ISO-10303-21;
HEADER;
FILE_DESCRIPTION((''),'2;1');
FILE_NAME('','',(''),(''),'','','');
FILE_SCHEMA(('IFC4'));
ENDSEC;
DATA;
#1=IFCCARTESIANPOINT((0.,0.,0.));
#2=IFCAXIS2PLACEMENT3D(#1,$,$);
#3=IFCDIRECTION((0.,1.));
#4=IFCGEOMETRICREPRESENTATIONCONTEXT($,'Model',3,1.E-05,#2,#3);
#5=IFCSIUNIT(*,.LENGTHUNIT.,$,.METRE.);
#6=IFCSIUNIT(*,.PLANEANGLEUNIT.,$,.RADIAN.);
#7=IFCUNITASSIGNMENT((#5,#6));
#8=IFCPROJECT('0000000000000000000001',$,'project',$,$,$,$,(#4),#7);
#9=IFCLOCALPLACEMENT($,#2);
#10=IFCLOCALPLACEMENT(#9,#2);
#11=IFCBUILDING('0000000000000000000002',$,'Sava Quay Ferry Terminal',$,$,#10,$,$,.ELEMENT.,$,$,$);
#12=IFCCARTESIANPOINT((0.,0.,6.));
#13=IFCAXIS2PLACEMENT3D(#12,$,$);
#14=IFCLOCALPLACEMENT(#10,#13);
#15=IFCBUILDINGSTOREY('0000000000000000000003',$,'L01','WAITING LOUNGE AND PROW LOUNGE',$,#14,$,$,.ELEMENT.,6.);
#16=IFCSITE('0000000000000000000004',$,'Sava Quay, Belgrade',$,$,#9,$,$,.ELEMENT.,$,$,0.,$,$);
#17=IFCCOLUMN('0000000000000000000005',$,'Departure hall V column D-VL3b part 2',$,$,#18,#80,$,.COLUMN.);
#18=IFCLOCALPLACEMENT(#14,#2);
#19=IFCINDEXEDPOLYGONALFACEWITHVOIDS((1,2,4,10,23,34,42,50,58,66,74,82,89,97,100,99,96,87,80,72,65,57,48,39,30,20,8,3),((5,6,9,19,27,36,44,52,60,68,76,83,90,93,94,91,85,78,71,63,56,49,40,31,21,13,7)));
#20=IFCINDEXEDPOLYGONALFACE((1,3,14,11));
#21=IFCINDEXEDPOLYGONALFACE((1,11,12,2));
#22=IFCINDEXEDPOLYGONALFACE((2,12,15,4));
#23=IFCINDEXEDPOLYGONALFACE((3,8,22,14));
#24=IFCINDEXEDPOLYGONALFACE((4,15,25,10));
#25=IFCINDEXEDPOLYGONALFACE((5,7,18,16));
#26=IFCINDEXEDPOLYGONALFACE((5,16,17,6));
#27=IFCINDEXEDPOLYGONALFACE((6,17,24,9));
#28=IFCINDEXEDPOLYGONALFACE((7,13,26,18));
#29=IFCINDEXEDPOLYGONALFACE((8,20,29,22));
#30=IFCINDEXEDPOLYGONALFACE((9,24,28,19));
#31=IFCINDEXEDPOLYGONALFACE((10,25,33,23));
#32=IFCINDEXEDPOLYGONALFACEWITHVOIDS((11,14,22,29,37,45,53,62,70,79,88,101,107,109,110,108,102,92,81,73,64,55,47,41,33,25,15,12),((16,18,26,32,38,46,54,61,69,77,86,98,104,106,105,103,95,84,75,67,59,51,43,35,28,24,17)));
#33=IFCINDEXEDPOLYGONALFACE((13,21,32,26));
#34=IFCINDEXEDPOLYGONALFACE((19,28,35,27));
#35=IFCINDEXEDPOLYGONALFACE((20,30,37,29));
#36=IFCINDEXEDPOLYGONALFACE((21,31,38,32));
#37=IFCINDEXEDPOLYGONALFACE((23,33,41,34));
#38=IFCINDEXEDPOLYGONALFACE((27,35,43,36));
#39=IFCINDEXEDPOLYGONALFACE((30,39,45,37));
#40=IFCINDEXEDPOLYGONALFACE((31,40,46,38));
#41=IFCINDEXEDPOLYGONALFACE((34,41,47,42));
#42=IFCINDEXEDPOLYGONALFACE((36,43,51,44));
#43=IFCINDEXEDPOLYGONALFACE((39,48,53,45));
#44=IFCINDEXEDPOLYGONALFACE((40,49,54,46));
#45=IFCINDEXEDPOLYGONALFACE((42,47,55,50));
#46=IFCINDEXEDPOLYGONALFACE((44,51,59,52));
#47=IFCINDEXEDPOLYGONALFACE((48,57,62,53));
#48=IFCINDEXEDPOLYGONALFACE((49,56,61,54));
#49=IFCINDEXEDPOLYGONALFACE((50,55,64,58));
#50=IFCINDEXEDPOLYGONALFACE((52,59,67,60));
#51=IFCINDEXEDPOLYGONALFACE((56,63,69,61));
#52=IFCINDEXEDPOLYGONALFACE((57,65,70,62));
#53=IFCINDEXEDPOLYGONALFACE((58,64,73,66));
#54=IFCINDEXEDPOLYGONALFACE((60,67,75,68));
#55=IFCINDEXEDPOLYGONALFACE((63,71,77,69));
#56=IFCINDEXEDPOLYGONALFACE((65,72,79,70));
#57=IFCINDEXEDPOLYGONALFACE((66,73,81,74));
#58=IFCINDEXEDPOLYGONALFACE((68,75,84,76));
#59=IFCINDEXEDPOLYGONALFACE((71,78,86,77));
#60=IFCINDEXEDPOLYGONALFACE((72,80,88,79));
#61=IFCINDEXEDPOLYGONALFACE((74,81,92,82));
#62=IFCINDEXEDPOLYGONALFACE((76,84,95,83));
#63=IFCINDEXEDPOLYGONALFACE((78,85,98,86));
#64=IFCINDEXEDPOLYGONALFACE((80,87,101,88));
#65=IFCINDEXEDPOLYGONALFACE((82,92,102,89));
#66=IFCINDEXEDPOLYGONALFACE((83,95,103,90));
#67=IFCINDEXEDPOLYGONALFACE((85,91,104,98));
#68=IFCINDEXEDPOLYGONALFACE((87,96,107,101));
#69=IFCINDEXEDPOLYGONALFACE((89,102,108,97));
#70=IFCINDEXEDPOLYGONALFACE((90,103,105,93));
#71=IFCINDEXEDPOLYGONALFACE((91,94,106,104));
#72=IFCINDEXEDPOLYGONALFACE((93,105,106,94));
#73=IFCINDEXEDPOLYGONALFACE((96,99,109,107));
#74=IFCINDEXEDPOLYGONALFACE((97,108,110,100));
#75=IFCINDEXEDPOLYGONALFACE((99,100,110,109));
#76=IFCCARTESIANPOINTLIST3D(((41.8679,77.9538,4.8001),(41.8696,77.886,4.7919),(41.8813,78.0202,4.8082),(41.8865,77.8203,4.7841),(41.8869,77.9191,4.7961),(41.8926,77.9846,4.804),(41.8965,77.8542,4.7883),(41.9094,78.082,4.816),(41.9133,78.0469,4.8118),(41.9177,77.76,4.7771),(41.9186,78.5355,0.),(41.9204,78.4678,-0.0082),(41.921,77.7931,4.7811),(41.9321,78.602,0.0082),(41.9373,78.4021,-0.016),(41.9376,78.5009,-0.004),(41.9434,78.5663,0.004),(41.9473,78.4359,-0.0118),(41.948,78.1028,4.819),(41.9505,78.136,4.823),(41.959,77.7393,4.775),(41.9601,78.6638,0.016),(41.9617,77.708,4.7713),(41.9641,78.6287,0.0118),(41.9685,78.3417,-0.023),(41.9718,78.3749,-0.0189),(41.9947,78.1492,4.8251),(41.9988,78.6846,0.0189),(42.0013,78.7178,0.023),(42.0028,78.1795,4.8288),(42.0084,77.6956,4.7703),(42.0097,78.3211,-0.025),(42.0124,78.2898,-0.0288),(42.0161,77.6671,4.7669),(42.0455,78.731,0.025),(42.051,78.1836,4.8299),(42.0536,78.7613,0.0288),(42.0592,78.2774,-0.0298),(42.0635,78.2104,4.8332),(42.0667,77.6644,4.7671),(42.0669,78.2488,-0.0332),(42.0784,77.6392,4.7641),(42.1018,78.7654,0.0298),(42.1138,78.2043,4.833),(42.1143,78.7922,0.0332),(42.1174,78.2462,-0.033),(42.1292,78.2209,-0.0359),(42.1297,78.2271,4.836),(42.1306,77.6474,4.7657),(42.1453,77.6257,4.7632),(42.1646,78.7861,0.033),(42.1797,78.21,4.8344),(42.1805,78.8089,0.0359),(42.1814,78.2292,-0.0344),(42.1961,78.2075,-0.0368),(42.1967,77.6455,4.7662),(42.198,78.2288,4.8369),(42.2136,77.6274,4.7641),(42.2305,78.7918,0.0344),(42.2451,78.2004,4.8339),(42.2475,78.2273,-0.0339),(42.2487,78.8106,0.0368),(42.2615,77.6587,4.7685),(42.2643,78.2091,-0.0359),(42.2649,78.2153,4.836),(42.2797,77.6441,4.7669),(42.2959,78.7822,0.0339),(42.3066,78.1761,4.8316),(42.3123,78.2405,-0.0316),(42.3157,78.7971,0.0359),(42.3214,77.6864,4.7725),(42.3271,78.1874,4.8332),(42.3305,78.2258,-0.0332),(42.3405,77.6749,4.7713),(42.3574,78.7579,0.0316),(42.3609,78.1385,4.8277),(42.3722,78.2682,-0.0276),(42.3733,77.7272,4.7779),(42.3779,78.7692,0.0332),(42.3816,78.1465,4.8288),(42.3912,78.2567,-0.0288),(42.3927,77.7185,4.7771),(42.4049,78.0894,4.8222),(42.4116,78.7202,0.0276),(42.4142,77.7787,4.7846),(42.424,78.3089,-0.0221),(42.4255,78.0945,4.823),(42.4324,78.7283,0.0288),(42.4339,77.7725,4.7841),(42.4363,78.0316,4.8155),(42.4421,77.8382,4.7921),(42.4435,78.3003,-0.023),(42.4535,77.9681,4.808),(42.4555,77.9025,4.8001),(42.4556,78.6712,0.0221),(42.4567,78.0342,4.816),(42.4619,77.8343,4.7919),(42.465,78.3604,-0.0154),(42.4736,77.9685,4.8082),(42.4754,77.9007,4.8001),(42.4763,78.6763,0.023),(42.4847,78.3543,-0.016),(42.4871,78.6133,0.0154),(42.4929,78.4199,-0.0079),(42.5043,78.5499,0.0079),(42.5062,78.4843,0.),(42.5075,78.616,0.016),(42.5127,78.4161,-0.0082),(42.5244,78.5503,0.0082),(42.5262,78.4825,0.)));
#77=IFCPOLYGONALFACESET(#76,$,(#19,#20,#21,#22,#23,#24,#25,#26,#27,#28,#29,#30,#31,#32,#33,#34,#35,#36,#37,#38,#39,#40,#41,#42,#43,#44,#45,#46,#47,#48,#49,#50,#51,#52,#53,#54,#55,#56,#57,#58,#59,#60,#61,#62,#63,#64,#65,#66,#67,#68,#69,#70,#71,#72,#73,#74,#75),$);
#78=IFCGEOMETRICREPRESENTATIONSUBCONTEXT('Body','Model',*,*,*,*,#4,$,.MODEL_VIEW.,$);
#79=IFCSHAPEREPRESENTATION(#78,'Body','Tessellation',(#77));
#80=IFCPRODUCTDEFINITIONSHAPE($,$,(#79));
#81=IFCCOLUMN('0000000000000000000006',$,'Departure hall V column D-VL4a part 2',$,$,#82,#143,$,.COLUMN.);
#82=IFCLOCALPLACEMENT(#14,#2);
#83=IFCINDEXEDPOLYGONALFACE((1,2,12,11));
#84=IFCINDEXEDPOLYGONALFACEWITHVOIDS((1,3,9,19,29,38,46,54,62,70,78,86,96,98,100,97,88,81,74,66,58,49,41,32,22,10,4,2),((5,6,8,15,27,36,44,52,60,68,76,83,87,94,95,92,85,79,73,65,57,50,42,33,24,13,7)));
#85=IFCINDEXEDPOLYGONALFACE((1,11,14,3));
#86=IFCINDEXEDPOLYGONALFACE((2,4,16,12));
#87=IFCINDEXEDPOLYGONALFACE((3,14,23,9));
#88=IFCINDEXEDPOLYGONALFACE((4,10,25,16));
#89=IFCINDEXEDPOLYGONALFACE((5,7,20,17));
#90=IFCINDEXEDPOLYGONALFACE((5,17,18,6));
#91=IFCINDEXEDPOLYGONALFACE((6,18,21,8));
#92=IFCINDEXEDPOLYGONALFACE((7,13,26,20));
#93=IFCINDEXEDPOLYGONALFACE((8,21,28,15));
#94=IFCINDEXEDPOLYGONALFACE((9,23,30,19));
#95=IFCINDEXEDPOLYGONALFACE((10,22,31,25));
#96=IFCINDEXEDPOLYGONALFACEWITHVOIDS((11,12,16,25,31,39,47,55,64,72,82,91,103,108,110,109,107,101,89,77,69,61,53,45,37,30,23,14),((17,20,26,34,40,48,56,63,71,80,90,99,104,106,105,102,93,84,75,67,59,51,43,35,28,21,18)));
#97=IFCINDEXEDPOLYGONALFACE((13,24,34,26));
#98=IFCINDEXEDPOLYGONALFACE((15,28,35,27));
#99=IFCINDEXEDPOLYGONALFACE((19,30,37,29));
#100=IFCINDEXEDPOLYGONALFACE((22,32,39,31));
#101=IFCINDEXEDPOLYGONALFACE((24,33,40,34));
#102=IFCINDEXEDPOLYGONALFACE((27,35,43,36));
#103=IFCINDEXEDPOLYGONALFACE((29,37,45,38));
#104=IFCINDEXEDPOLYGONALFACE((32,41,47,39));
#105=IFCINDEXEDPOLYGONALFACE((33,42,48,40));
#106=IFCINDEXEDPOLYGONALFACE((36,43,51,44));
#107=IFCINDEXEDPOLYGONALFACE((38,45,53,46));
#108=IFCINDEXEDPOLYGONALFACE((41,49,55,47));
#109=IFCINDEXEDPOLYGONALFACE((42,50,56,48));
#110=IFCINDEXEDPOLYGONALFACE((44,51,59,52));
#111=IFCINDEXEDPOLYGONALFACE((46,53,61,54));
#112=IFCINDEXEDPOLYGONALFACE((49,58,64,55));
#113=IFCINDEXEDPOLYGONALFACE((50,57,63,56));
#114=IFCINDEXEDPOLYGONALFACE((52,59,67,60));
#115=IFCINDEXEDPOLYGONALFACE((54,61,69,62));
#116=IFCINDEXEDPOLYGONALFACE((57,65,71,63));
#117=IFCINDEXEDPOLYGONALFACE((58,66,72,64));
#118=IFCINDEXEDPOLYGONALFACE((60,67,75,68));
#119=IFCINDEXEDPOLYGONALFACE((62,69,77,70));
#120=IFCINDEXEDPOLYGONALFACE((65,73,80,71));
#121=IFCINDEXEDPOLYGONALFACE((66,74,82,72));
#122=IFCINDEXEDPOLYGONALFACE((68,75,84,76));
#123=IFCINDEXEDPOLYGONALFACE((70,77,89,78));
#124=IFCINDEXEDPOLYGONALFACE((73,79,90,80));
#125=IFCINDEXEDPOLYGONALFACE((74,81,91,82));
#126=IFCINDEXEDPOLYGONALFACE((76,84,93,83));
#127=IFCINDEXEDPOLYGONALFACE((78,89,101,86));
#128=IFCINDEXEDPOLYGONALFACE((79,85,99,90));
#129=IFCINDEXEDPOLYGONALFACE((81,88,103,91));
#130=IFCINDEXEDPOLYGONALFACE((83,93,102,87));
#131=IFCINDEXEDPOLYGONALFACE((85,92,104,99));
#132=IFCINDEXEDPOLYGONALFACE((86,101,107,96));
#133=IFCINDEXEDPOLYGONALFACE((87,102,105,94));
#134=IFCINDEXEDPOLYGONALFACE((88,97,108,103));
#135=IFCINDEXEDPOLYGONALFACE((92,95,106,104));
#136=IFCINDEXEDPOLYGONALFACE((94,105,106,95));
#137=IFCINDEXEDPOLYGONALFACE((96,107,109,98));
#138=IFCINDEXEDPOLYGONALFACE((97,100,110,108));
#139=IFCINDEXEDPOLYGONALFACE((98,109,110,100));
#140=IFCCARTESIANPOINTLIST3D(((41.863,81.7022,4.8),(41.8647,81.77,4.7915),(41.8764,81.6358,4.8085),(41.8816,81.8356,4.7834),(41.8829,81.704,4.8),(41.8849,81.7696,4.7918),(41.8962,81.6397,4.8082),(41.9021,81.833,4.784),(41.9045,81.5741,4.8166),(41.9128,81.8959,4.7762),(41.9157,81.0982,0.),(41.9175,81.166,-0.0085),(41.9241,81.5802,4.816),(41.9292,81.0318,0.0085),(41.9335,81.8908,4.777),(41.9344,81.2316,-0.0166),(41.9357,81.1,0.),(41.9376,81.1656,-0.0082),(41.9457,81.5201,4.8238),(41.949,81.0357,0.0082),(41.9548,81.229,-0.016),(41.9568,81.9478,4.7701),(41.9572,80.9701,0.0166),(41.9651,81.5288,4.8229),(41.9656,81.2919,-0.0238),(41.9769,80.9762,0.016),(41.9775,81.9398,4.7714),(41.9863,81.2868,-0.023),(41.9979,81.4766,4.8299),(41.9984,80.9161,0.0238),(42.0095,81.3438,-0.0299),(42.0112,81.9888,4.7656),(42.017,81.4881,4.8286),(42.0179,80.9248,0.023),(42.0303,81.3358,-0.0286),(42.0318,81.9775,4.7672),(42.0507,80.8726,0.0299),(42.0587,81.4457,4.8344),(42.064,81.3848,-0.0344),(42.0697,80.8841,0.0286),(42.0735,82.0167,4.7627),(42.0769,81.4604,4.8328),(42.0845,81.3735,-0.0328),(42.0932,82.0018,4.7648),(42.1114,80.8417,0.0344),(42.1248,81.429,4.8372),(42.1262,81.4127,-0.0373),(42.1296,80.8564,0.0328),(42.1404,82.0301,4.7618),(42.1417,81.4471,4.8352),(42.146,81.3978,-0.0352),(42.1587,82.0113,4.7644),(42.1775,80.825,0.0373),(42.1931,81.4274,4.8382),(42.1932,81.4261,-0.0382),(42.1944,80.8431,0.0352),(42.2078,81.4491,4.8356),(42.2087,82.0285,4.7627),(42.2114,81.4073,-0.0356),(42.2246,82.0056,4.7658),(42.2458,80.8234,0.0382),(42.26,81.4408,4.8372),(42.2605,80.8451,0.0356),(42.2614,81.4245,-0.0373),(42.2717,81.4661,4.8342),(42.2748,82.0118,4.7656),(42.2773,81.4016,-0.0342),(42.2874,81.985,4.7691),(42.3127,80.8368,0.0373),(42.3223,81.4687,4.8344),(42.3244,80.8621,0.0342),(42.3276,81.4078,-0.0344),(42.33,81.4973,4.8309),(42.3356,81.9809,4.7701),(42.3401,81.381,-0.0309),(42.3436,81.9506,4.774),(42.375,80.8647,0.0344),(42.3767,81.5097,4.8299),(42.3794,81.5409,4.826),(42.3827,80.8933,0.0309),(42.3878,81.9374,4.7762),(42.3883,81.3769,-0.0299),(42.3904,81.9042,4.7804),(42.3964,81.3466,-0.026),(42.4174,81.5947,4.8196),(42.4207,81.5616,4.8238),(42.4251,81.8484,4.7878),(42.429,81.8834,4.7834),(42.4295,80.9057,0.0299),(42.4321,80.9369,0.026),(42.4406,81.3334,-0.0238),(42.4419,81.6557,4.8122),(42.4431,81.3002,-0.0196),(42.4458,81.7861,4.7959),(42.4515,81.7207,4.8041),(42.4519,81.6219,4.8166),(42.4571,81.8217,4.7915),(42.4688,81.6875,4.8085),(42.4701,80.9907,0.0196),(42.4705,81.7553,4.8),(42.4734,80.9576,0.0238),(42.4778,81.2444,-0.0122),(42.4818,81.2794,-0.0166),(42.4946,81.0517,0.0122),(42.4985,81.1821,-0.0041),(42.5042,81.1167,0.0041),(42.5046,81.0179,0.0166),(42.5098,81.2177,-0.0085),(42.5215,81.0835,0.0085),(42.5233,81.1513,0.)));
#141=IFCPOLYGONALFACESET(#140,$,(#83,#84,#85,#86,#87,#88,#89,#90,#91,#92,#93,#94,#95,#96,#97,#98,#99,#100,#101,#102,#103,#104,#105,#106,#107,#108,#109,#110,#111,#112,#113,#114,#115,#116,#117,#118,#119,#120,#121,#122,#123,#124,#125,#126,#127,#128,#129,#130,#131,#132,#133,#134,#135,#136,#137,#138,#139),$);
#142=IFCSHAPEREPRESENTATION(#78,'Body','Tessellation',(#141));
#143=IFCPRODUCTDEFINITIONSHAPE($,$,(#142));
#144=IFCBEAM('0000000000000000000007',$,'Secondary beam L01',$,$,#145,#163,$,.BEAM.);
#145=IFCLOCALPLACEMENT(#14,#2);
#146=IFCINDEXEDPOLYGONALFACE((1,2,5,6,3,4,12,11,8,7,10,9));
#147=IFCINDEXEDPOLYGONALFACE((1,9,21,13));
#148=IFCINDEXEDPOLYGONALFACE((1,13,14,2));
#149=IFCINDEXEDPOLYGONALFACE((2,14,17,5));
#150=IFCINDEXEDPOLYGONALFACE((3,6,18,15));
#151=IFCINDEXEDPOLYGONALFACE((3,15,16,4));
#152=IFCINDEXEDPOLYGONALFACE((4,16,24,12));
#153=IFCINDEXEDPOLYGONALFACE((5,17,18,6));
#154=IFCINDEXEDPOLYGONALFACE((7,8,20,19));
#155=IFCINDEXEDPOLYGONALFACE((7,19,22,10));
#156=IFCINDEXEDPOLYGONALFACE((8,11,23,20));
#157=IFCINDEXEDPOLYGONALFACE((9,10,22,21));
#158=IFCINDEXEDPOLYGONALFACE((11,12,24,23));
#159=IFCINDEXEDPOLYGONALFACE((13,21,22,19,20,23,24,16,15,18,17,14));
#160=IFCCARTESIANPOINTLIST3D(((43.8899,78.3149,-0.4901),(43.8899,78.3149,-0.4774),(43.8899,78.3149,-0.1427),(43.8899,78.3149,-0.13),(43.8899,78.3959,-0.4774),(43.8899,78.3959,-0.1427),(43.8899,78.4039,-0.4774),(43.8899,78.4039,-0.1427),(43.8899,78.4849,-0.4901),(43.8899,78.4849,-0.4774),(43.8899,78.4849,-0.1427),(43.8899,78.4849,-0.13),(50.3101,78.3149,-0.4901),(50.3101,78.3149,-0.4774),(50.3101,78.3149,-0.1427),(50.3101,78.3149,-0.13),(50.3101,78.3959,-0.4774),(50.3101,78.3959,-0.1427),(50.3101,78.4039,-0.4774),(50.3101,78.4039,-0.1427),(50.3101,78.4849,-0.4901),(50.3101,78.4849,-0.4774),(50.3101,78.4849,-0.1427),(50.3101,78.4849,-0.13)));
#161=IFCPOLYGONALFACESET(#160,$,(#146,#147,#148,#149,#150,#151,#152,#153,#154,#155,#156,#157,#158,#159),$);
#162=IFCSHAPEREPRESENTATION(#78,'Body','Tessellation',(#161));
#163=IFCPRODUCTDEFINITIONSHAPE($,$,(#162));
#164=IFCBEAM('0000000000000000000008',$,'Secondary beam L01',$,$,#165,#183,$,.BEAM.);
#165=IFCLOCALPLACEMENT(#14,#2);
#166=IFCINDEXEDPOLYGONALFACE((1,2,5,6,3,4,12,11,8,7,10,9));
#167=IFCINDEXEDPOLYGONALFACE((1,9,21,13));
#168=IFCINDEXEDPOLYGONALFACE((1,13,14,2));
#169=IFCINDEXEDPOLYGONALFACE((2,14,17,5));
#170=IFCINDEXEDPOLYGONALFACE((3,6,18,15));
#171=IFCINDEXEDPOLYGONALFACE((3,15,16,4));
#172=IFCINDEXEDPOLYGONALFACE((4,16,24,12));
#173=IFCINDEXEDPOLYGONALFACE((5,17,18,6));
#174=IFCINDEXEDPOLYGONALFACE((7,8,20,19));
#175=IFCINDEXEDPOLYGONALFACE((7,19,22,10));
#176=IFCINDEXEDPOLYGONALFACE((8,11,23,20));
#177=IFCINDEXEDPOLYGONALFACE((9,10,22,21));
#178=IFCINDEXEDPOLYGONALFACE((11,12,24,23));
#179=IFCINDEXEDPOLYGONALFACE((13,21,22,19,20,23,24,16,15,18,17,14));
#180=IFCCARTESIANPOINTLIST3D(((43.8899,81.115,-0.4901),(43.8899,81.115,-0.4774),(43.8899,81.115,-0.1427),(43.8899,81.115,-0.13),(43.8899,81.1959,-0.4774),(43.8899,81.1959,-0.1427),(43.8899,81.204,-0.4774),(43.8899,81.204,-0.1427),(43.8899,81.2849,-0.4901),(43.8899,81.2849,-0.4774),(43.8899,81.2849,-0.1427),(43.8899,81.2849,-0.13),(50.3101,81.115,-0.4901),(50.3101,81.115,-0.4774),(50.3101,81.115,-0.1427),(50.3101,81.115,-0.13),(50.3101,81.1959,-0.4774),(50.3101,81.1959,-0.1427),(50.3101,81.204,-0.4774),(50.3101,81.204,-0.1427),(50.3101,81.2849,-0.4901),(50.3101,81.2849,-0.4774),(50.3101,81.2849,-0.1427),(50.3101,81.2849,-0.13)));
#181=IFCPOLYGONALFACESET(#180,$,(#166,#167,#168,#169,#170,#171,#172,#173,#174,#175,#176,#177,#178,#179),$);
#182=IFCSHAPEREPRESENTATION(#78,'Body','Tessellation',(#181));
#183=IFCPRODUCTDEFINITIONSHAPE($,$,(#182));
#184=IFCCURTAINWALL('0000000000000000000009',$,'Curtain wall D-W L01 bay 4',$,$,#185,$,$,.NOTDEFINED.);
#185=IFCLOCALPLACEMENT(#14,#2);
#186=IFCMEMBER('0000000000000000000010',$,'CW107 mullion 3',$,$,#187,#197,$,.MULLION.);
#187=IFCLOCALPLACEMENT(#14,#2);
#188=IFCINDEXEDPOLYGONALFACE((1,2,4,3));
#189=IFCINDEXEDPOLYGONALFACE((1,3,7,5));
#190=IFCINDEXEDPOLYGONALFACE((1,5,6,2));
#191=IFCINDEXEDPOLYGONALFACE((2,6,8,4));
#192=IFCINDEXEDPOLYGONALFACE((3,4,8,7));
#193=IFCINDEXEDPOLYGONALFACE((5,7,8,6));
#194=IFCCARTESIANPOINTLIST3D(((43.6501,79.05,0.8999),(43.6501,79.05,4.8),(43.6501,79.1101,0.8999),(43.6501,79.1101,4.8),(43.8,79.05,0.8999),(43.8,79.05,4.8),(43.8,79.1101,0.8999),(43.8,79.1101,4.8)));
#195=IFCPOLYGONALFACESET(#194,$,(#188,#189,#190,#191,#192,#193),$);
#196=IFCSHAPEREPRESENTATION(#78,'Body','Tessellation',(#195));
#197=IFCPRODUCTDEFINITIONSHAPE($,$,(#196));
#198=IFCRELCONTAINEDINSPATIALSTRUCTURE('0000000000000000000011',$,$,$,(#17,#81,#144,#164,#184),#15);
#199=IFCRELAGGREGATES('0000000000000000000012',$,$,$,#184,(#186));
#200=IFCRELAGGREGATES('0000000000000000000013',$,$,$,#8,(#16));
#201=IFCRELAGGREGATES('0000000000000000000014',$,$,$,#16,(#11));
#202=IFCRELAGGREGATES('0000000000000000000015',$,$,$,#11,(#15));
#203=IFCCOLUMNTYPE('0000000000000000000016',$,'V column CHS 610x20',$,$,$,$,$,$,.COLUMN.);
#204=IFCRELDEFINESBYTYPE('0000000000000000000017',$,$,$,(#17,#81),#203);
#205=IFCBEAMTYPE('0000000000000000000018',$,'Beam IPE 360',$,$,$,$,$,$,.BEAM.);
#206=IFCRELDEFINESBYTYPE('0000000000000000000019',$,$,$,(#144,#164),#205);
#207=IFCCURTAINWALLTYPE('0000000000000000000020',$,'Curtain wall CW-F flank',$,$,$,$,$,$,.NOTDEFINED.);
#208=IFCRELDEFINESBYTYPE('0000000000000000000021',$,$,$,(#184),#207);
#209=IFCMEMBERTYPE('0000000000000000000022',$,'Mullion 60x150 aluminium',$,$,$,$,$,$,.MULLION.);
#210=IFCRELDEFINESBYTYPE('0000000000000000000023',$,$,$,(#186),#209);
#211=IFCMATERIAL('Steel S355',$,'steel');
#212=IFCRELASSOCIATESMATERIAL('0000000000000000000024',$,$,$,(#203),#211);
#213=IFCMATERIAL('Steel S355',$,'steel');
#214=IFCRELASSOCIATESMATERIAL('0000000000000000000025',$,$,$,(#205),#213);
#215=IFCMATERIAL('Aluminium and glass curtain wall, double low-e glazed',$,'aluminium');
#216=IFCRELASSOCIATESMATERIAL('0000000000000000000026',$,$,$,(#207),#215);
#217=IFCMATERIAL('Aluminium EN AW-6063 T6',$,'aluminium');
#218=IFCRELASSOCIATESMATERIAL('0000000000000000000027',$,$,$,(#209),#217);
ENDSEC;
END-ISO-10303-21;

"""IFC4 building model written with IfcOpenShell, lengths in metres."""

from ifc_helpers import new_model, si_unit, direction, frame, origin, origin_2d, place, context, subcontext, project, spatial, rectangle, hollow_circle, i_section, extrude, material, material_profile, profile_set, type_object, element, aggregate, save


model = new_model("IFC4")

# Units and contexts
model_context = context("Model", 3, precision=1e-05, world=origin(), true_north=direction((0.0, 1.0)))
body_context = subcontext(model_context, "Body", "Model", "MODEL_VIEW")
ifc_project = project(units=[si_unit("LENGTHUNIT", "METRE"), si_unit("PLANEANGLEUNIT", "RADIAN")], contexts=[model_context])

# Site, building, storey
site_placement = place(None, origin())
site = spatial("IfcSite", under=ifc_project, at=site_placement, Name="Sava Quay, Belgrade", CompositionType="ELEMENT", RefElevation=0.0)
building_placement = place(site_placement, origin())
building = spatial("IfcBuilding", under=site, at=building_placement, Name="Sava Quay Ferry Terminal", CompositionType="ELEMENT")
storey_placement = place(building_placement, frame((0.0, 0.0, 6.0)))
storey = spatial("IfcBuildingStorey", under=building, at=storey_placement, Name="L01", Description="WAITING LOUNGE AND PROW LOUNGE", CompositionType="ELEMENT", Elevation=6.0)

# Columns
ifc_material_1 = material(Name="Steel S355", Category="steel")
ifc_material_profile_1 = material_profile(ifc_material_1, hollow_circle(Radius=0.3049, WallThickness=0.02, at=origin_2d()), Name="CHS 610 x 20.0")
ifc_profile_set_1 = profile_set([ifc_material_profile_1], Name="Steel S355")
column_type = type_object("IfcColumnType", Name="V column CHS 610x20", PredefinedType="COLUMN", material=ifc_profile_set_1)
column_1_placement = place(storey_placement, frame((42.2224, 78.509, 0.0), z_axis=(-0.010502, -0.120317, 0.99268), x_axis=(0.996212, -0.086954, 0.0)))
element("IfcColumn", 1, at=column_1_placement, inside=storey, type_object=column_type, Name="Departure hall V column D-VL3b part 2", PredefinedType="COLUMN", context=body_context, shape_type="SweptSolid", body=[
    extrude(hollow_circle(Radius=0.3049, WallThickness=0.02, at=origin_2d()), origin(), (0.0, 0.0, 1.0), 4.8354),
])
column_2_placement = place(storey_placement, frame((42.2195, 81.1248, 0.0), z_axis=(-0.0109, 0.124841, 0.992117), x_axis=(-0.99621, -0.086977, 0.0)))
element("IfcColumn", 2, at=column_2_placement, inside=storey, type_object=column_type, Name="Departure hall V column D-VL4a part 2", PredefinedType="COLUMN", context=body_context, shape_type="SweptSolid", body=[
    extrude(hollow_circle(Radius=0.3049, WallThickness=0.02, at=origin_2d()), origin(), (0.0, 0.0, 1.0), 4.8381),
])

# Beams
ifc_material_2 = material(Name="Steel S355", Category="steel")
ifc_material_profile_2 = material_profile(ifc_material_2, i_section(OverallWidth=0.1699, OverallDepth=0.3601, WebThickness=0.0081, FlangeThickness=0.0127, at=origin_2d()), Name="IPE 360")
ifc_profile_set_2 = profile_set([ifc_material_profile_2], Name="Steel S355")
beam_type = type_object("IfcBeamType", Name="Beam IPE 360", PredefinedType="BEAM", material=ifc_profile_set_2)
for number, where, z_axis, x_axis, name in (
    (3, (43.8899, 78.3999, -0.3101), (1.0, 0.0, 0.0), (0.0, 1.0, 0.0), "Secondary beam L01"),
    (4, (43.8899, 81.2, -0.3101), (1.0, 0.0, 0.0), (0.0, 1.0, 0.0), "Secondary beam L01"),
):
    element("IfcBeam", number, at=place(storey_placement, frame(where, z_axis=z_axis, x_axis=x_axis)), inside=storey, type_object=beam_type, Name=name, PredefinedType="BEAM", context=body_context, shape_type="SweptSolid", body=[
        extrude(i_section(OverallWidth=0.1699, OverallDepth=0.3601, WebThickness=0.0081, FlangeThickness=0.0127, at=origin_2d()), origin(), (0.0, 0.0, 1.0), 6.4202),
    ])

# Curtain wall, member
ifc_material_3 = material(Name="Aluminium and glass curtain wall, double low-e glazed", Category="aluminium")
curtain_wall_type = type_object("IfcCurtainWallType", Name="Curtain wall CW-F flank", PredefinedType="NOTDEFINED", material=ifc_material_3)
curtain_wall_placement = place(storey_placement, origin())
curtain_wall = element("IfcCurtainWall", 5, at=curtain_wall_placement, inside=storey, type_object=curtain_wall_type, Name="Curtain wall D-W L01 bay 4", PredefinedType="NOTDEFINED")
ifc_material_4 = material(Name="Aluminium EN AW-6063 T6", Category="aluminium")
ifc_material_profile_3 = material_profile(ifc_material_4, rectangle(XDim=0.1499, YDim=0.0601, at=origin_2d()), Name="Mullion 60x150 aluminium")
ifc_profile_set_3 = profile_set([ifc_material_profile_3], Name="Aluminium EN AW-6063 T6")
member_type_1 = type_object("IfcMemberType", Name="Mullion 60x150 aluminium", PredefinedType="MULLION", material=ifc_profile_set_3)
member_1_placement = place(storey_placement, frame((43.7251, 79.0801, 0.8999), z_axis=(0.0, 0.0, 1.0), x_axis=(-1.0, 0.0, 0.0)))
member_1 = element("IfcMember", 6, at=member_1_placement, type_object=member_type_1, Name="CW107 mullion 3", PredefinedType="MULLION", context=body_context, shape_type="SweptSolid", body=[
    extrude(rectangle(XDim=0.1499, YDim=0.0601, at=origin_2d()), origin(), (0.0, 0.0, 1.0), 3.9001),
])
aggregate(curtain_wall, [member_1])

save(model, "model.ifc")
